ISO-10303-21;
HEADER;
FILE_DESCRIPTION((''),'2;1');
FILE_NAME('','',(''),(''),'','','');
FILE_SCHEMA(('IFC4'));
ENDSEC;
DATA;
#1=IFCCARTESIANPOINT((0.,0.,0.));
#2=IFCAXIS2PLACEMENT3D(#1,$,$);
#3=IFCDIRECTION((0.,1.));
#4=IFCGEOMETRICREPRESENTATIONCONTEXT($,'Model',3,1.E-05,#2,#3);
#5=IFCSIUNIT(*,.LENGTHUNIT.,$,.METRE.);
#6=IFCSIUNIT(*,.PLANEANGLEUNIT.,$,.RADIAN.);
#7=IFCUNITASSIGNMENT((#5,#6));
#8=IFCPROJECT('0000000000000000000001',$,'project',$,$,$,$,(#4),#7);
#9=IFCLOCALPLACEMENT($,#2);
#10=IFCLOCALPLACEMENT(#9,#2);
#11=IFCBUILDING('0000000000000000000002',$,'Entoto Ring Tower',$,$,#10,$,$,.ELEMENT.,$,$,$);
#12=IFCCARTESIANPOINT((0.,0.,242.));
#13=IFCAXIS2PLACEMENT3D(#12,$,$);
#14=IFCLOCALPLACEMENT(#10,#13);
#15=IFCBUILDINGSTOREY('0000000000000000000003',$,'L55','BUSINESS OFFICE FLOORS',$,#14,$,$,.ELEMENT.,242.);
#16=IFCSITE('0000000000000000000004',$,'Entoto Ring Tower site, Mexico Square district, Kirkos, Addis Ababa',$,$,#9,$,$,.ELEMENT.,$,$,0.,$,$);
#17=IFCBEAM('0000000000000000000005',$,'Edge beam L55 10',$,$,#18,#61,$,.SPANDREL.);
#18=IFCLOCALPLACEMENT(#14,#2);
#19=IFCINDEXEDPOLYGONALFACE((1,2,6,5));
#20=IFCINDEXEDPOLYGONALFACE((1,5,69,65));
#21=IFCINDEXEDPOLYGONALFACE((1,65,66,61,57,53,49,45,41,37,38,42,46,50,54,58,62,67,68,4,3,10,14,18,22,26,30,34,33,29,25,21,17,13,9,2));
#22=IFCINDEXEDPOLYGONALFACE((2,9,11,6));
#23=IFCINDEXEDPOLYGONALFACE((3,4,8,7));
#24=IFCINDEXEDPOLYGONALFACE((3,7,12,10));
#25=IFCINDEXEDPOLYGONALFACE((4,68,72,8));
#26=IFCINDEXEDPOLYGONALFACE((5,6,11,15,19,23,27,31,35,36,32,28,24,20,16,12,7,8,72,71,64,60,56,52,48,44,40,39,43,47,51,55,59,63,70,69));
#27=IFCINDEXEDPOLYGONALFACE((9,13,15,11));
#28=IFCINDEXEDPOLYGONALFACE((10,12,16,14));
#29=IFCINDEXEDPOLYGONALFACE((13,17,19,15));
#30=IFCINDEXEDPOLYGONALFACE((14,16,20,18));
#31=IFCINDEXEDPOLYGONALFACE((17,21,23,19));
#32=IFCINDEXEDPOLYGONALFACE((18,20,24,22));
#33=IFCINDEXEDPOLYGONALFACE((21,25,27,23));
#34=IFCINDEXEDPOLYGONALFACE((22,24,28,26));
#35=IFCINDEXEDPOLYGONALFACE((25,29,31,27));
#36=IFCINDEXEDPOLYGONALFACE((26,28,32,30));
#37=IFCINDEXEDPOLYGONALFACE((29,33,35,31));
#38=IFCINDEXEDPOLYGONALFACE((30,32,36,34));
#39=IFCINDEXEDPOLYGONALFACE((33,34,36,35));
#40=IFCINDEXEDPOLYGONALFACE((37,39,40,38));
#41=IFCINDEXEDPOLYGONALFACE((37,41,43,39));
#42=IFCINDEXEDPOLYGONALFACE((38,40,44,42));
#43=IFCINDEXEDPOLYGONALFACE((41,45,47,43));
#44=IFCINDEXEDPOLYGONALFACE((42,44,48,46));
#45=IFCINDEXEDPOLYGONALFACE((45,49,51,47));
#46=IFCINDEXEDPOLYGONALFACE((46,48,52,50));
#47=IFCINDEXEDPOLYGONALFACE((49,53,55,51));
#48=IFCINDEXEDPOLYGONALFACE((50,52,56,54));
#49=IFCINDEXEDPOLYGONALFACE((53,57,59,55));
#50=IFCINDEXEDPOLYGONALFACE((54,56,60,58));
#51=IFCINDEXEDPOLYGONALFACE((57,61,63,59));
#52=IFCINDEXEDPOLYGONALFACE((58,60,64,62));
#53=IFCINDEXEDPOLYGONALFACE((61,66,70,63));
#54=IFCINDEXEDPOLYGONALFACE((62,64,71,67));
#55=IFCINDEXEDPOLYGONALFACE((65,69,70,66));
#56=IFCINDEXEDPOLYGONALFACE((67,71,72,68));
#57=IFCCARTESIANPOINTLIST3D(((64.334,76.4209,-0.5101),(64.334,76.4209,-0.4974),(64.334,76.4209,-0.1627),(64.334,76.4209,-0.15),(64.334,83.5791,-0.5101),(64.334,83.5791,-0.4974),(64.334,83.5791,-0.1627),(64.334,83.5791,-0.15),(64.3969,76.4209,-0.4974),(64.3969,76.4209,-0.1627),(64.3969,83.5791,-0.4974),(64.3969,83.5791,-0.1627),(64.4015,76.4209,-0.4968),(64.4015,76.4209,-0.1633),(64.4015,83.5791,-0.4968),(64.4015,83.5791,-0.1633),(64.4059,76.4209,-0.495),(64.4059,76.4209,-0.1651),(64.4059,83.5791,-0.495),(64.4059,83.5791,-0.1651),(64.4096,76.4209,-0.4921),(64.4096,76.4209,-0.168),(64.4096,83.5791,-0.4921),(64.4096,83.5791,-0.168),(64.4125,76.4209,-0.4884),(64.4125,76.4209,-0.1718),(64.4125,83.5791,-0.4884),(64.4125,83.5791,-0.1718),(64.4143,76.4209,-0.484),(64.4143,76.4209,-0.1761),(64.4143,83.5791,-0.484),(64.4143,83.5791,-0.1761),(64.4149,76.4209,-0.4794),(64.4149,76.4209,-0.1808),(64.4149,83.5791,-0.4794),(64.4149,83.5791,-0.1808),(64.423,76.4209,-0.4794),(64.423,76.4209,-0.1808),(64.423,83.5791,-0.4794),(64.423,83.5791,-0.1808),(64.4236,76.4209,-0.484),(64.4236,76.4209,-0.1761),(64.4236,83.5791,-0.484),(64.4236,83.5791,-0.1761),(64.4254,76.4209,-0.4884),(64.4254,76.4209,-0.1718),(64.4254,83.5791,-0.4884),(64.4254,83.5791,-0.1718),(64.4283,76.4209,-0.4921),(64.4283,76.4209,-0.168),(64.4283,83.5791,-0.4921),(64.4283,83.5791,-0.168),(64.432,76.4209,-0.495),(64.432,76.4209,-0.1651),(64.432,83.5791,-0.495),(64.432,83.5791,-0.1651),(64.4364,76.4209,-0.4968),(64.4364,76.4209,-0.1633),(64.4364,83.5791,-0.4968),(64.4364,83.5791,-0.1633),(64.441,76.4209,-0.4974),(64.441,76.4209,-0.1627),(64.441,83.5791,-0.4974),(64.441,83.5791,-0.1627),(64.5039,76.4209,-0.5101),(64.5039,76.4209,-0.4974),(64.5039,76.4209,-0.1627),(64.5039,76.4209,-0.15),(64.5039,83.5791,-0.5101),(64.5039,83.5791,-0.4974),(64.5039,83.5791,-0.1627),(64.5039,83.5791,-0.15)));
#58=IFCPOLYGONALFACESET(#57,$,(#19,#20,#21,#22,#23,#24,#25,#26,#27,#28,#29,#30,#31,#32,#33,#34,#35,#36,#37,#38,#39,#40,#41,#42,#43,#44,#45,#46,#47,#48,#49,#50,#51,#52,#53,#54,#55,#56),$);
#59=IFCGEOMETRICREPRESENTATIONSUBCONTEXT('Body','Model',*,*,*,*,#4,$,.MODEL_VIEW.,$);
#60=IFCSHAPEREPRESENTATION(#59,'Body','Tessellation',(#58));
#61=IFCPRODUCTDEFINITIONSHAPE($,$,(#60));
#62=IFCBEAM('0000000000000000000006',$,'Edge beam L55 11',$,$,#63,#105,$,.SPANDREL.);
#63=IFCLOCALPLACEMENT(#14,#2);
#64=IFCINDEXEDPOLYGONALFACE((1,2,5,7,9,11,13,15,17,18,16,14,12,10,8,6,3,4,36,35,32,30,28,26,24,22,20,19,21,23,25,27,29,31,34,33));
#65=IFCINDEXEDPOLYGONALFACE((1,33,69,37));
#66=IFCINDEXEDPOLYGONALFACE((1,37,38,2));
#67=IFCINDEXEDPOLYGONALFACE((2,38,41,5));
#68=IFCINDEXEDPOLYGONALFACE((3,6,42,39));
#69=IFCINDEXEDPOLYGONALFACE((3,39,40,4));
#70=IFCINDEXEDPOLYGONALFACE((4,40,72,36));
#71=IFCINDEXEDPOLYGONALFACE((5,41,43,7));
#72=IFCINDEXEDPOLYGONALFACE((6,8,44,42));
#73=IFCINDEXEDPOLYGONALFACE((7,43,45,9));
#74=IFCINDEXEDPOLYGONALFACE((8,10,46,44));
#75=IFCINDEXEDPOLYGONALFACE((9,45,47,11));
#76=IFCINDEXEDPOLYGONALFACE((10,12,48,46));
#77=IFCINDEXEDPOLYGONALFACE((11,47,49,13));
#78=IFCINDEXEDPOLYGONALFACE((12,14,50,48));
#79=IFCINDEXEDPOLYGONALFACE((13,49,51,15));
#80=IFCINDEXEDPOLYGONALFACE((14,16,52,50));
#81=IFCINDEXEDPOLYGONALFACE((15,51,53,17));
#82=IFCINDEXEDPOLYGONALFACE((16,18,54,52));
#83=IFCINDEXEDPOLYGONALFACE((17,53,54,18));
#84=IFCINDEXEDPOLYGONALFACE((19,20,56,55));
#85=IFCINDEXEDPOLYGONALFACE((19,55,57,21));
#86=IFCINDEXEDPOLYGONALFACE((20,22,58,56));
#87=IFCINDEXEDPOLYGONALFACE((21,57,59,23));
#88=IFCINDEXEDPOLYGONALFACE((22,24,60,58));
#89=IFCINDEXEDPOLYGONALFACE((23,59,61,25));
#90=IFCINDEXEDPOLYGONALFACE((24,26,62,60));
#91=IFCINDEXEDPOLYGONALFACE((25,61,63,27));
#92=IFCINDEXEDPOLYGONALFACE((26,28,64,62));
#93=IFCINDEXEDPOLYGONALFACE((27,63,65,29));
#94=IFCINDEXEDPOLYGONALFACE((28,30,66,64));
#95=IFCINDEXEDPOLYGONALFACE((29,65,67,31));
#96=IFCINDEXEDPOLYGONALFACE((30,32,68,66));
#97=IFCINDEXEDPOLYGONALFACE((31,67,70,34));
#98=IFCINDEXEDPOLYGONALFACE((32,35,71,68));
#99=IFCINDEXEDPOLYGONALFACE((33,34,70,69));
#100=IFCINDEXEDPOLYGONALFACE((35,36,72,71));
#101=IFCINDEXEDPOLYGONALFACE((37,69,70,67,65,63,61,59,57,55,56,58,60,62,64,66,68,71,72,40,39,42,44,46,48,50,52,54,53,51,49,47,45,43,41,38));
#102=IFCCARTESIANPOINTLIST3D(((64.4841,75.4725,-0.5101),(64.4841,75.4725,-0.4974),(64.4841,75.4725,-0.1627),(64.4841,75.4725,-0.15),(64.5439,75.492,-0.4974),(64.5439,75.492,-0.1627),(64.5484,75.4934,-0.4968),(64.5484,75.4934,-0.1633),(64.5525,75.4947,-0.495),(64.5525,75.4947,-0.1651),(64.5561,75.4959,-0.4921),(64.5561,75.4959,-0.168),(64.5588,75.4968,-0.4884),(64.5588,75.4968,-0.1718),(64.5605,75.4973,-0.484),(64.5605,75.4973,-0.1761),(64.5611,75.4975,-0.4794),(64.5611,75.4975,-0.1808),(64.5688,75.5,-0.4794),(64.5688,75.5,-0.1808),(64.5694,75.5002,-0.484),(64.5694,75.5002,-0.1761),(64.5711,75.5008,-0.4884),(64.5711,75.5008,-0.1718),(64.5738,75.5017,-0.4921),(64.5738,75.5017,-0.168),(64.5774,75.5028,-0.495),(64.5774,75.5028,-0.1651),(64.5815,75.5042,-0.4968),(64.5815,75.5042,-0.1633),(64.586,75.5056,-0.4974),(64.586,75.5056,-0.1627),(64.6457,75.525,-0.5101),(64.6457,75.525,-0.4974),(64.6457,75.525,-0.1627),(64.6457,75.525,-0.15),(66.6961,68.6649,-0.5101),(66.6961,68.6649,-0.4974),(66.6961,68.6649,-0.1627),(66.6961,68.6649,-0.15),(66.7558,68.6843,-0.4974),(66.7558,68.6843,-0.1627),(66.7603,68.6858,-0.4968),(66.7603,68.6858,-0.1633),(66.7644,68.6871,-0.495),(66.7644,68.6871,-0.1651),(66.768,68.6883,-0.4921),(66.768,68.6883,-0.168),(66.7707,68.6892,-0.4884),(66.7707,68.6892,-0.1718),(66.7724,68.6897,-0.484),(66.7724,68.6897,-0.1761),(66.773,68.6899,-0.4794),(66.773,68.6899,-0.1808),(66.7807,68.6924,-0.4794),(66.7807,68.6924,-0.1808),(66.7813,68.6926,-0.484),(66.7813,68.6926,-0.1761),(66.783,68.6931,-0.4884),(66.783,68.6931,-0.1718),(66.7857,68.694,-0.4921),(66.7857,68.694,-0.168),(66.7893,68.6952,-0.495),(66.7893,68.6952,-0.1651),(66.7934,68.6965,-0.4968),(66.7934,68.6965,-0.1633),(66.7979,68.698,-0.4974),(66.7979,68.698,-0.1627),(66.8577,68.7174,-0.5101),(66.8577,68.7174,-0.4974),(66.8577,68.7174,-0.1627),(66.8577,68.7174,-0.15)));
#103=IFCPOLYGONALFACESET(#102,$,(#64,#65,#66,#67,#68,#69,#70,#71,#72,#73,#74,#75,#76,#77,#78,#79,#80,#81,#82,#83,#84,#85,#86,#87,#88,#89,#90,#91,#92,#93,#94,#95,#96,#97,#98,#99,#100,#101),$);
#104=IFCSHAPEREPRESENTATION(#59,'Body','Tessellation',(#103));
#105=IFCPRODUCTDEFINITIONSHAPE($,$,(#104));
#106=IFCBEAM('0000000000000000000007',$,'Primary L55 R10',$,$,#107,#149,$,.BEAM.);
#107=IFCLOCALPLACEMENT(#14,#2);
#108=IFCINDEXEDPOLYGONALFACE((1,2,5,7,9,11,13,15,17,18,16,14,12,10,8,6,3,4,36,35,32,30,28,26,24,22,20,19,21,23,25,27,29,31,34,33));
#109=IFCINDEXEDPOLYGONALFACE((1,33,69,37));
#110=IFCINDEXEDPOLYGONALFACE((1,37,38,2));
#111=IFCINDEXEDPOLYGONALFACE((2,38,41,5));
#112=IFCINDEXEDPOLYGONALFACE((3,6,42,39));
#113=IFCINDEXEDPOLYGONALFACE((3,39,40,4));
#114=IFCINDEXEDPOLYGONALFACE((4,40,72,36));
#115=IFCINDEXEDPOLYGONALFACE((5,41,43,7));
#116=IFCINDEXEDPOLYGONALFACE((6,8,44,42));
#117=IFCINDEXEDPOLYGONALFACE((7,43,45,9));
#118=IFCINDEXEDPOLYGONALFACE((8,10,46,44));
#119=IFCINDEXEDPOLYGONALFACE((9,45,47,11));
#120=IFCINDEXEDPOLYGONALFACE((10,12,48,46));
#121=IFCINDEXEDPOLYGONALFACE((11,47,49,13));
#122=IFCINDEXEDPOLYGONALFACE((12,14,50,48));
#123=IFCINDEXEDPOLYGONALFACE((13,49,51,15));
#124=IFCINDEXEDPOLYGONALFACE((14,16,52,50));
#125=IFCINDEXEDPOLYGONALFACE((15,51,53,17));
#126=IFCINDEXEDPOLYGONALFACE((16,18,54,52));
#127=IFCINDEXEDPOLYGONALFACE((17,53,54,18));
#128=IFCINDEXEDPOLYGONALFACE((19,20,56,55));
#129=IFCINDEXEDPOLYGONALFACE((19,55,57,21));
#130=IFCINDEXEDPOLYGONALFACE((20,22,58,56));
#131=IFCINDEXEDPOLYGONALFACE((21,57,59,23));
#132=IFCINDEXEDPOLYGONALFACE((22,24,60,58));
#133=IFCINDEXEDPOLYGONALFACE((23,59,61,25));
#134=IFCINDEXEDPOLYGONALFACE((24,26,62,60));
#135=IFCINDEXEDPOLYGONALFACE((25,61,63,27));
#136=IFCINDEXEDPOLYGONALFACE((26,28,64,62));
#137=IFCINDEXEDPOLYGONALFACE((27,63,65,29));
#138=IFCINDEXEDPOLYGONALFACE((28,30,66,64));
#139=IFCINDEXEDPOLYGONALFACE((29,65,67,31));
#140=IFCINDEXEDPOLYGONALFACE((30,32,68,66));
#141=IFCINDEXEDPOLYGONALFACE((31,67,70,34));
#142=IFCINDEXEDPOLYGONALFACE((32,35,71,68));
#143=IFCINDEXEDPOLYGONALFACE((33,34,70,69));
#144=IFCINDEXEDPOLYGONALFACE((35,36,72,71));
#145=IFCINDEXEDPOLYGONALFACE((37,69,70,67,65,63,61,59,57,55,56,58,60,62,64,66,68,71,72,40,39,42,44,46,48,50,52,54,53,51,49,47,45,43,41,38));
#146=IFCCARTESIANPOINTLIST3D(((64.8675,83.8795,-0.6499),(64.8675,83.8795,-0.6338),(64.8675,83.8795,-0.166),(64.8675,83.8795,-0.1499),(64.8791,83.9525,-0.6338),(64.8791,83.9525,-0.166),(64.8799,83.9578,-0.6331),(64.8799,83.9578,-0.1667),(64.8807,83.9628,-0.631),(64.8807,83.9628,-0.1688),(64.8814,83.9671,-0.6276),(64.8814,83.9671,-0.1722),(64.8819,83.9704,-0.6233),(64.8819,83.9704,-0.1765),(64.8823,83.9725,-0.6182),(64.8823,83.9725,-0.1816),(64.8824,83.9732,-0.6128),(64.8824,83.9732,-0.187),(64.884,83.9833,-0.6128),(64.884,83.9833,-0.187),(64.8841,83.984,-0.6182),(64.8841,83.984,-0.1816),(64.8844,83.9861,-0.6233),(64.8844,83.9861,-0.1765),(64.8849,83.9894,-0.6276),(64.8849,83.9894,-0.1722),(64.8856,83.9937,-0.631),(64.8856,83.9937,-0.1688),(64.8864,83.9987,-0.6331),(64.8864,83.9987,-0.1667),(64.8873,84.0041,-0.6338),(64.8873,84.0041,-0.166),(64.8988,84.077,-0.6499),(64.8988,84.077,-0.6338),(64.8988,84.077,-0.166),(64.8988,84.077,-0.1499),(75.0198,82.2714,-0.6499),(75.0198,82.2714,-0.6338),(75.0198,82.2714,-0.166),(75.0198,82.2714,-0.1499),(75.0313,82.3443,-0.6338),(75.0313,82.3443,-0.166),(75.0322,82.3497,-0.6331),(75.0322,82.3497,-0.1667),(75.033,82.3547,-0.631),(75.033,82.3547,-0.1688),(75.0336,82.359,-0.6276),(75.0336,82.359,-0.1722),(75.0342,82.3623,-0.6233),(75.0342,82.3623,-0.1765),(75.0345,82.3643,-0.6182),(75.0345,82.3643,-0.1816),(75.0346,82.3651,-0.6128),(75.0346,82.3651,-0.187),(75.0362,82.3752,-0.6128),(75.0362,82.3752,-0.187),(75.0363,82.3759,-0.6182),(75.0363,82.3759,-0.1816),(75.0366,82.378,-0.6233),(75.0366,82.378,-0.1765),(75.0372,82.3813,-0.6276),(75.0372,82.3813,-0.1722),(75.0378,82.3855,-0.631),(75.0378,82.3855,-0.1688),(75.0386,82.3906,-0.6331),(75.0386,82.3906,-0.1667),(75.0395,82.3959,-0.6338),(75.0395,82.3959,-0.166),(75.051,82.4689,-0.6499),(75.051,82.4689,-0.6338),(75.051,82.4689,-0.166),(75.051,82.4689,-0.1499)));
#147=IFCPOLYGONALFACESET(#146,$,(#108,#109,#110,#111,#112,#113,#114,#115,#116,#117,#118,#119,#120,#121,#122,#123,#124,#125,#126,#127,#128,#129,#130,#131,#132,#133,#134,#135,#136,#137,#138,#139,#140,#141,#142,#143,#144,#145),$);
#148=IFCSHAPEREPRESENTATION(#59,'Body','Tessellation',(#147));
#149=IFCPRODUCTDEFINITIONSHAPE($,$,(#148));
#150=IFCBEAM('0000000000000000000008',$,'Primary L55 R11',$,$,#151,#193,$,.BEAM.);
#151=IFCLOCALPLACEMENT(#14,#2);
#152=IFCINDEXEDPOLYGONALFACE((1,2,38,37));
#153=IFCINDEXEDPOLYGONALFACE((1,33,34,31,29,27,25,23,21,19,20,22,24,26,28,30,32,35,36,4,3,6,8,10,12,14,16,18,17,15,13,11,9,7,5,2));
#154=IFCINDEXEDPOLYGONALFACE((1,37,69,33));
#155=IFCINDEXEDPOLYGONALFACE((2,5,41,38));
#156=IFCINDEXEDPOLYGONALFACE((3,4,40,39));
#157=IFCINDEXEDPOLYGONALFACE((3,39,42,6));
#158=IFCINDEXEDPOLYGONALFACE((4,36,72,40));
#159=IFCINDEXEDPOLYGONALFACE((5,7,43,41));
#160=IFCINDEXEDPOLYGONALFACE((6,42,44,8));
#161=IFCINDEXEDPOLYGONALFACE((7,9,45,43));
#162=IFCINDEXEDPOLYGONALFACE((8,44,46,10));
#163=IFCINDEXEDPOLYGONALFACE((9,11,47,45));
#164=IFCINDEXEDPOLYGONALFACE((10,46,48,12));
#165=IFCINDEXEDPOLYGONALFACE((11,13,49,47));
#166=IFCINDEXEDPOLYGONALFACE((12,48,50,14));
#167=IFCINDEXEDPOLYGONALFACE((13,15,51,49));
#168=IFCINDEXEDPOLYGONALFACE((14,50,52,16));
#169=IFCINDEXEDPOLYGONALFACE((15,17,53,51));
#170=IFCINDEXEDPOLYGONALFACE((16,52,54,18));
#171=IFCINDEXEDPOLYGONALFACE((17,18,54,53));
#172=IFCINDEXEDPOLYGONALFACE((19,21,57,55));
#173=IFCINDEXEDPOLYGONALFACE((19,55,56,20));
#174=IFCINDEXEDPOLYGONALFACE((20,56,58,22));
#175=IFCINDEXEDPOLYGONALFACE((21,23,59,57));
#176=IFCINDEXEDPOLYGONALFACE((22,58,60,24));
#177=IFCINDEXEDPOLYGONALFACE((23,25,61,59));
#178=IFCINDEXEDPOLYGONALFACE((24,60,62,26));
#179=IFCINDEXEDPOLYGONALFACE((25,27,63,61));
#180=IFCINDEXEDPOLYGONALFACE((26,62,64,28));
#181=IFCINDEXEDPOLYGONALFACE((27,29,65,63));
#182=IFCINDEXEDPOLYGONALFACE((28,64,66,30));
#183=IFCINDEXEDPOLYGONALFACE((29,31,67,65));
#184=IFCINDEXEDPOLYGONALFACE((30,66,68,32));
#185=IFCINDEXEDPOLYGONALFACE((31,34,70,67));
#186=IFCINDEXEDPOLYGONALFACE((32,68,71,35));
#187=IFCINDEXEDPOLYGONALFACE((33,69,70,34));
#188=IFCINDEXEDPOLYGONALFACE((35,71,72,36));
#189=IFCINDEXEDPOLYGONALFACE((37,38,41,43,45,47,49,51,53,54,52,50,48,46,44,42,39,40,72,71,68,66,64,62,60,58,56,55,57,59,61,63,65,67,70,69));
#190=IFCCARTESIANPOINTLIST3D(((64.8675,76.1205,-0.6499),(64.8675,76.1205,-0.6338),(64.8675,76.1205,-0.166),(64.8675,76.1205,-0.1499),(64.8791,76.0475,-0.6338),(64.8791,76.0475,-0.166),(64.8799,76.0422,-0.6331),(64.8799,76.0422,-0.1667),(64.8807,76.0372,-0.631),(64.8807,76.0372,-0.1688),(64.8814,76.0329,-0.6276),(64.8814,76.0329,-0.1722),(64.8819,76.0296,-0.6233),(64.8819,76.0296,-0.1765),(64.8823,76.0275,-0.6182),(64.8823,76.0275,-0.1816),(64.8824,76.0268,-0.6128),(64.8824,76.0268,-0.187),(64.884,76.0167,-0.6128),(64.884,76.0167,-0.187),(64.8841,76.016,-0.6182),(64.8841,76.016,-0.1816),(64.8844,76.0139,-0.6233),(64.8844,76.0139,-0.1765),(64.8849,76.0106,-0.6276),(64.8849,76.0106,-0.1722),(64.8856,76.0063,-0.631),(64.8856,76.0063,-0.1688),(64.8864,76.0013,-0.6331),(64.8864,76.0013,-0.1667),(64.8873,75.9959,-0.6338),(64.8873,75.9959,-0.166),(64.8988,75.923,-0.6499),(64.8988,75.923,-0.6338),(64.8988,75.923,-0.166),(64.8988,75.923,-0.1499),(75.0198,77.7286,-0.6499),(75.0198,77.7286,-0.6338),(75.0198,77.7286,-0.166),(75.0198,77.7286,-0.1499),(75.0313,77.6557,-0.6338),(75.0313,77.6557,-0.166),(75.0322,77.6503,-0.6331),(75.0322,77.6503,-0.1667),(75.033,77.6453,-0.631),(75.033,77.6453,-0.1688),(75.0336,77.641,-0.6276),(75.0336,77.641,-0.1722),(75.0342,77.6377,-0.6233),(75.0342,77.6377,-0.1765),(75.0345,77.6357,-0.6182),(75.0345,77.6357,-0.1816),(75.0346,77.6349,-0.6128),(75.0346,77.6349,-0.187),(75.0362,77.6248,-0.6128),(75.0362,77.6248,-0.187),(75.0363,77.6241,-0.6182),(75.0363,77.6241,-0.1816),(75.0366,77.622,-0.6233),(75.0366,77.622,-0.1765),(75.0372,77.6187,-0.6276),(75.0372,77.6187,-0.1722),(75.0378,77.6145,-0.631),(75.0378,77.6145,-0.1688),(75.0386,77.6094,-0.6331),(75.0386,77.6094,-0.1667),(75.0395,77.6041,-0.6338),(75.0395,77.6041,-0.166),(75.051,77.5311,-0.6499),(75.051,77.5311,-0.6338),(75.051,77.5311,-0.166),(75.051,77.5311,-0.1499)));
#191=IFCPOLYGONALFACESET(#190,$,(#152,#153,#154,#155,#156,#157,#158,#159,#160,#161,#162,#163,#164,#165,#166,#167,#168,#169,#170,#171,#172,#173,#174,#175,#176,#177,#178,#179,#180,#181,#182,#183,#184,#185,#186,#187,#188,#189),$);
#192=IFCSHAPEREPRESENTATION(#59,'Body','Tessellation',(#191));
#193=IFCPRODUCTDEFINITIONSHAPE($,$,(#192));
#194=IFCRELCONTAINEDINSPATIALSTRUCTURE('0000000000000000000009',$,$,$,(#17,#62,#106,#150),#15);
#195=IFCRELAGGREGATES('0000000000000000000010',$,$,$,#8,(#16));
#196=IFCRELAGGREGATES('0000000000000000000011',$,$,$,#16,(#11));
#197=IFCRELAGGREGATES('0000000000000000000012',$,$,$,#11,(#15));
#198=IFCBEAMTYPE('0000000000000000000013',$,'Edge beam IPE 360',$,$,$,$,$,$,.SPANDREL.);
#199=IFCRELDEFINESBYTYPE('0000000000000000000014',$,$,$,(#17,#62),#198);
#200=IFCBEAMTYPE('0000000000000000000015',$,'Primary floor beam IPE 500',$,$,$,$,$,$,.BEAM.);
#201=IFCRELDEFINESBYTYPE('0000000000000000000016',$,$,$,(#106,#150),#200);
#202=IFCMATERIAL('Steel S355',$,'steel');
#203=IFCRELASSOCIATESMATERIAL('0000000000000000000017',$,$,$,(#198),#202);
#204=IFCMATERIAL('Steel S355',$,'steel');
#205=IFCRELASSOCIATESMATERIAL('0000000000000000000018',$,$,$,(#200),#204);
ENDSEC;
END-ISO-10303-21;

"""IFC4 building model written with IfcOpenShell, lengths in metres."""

from ifc_helpers import new_model, si_unit, direction, frame, origin, origin_2d, place, context, subcontext, project, spatial, i_section, extrude, material, material_profile, profile_set, type_object, element, save


model = new_model("IFC4")

# Units and contexts
model_context = context("Model", 3, precision=1e-05, world=origin(), true_north=direction((0.0, 1.0)))
body_context = subcontext(model_context, "Body", "Model", "MODEL_VIEW")
ifc_project = project(units=[si_unit("LENGTHUNIT", "METRE"), si_unit("PLANEANGLEUNIT", "RADIAN")], contexts=[model_context])

# Site, building, storey
site_placement = place(None, origin())
site = spatial("IfcSite", under=ifc_project, at=site_placement, Name="Entoto Ring Tower site, Mexico Square district, Kirkos, Addis Ababa", CompositionType="ELEMENT", RefElevation=0.0)
building_placement = place(site_placement, origin())
building = spatial("IfcBuilding", under=site, at=building_placement, Name="Entoto Ring Tower", CompositionType="ELEMENT")
storey_placement = place(building_placement, frame((0.0, 0.0, 242.0)))
storey = spatial("IfcBuildingStorey", under=building, at=storey_placement, Name="L55", Description="BUSINESS OFFICE FLOORS", CompositionType="ELEMENT", Elevation=242.0)

# Beams
ifc_material_1 = material(Name="Steel S355", Category="steel")
ifc_material_profile_1 = material_profile(ifc_material_1, i_section(OverallWidth=0.1699, OverallDepth=0.3601, WebThickness=0.0081, FlangeThickness=0.0127, FilletRadius=0.0181, at=origin_2d()), Name="IPE 360")
ifc_profile_set_1 = profile_set([ifc_material_profile_1], Name="Steel S355")
beam_type_1 = type_object("IfcBeamType", Name="Edge beam IPE 360", PredefinedType="SPANDREL", material=ifc_profile_set_1)
beam_1_placement = place(storey_placement, frame((64.4189, 83.5791, -0.3301), z_axis=(0.0, -1.0, 0.0), x_axis=(1.0, 0.0, 0.0)))
element("IfcBeam", 1, at=beam_1_placement, inside=storey, type_object=beam_type_1, Name="Edge beam L55 10", PredefinedType="SPANDREL", context=body_context, shape_type="SweptSolid", body=[
    extrude(i_section(OverallWidth=0.1699, OverallDepth=0.3601, WebThickness=0.0081, FlangeThickness=0.0127, FilletRadius=0.0181, at=origin_2d()), origin(), (0.0, 0.0, 1.0), 7.1582),
])
beam_2_placement = place(storey_placement, frame((64.5649, 75.4988, -0.3301), z_axis=(0.309015, -0.951057, 0.0), x_axis=(0.951057, 0.309015, 0.0)))
element("IfcBeam", 2, at=beam_2_placement, inside=storey, type_object=beam_type_1, Name="Edge beam L55 11", PredefinedType="SPANDREL", context=body_context, shape_type="SweptSolid", body=[
    extrude(i_section(OverallWidth=0.1699, OverallDepth=0.3601, WebThickness=0.0081, FlangeThickness=0.0127, FilletRadius=0.0181, at=origin_2d()), origin(), (0.0, 0.0, 1.0), 7.158),
])
ifc_material_2 = material(Name="Steel S355", Category="steel")
ifc_material_profile_2 = material_profile(ifc_material_2, i_section(OverallWidth=0.2, OverallDepth=0.5, WebThickness=0.0103, FlangeThickness=0.0161, FilletRadius=0.021, at=origin_2d()), Name="IPE 500")
ifc_profile_set_2 = profile_set([ifc_material_profile_2], Name="Steel S355")
beam_type_2 = type_object("IfcBeamType", Name="Primary floor beam IPE 500", PredefinedType="BEAM", material=ifc_profile_set_2)
for number, where, z_axis, x_axis, name in (
    (3, (75.0354, 82.3701, -0.3999), (-0.987686, 0.156452, 0.0), (-0.156452, -0.987686, 0.0), "Primary L55 R10"),
    (4, (75.0354, 77.6299, -0.3999), (-0.987686, -0.156452, 0.0), (0.156452, -0.987686, 0.0), "Primary L55 R11"),
):
    element("IfcBeam", number, at=place(storey_placement, frame(where, z_axis=z_axis, x_axis=x_axis)), inside=storey, type_object=beam_type_2, Name=name, PredefinedType="BEAM", context=body_context, shape_type="SweptSolid", body=[
        extrude(i_section(OverallWidth=0.2, OverallDepth=0.5, WebThickness=0.0103, FlangeThickness=0.0161, FilletRadius=0.021, at=origin_2d()), origin(), (0.0, 0.0, 1.0), 10.2788),
    ])

save(model, "model.ifc")
